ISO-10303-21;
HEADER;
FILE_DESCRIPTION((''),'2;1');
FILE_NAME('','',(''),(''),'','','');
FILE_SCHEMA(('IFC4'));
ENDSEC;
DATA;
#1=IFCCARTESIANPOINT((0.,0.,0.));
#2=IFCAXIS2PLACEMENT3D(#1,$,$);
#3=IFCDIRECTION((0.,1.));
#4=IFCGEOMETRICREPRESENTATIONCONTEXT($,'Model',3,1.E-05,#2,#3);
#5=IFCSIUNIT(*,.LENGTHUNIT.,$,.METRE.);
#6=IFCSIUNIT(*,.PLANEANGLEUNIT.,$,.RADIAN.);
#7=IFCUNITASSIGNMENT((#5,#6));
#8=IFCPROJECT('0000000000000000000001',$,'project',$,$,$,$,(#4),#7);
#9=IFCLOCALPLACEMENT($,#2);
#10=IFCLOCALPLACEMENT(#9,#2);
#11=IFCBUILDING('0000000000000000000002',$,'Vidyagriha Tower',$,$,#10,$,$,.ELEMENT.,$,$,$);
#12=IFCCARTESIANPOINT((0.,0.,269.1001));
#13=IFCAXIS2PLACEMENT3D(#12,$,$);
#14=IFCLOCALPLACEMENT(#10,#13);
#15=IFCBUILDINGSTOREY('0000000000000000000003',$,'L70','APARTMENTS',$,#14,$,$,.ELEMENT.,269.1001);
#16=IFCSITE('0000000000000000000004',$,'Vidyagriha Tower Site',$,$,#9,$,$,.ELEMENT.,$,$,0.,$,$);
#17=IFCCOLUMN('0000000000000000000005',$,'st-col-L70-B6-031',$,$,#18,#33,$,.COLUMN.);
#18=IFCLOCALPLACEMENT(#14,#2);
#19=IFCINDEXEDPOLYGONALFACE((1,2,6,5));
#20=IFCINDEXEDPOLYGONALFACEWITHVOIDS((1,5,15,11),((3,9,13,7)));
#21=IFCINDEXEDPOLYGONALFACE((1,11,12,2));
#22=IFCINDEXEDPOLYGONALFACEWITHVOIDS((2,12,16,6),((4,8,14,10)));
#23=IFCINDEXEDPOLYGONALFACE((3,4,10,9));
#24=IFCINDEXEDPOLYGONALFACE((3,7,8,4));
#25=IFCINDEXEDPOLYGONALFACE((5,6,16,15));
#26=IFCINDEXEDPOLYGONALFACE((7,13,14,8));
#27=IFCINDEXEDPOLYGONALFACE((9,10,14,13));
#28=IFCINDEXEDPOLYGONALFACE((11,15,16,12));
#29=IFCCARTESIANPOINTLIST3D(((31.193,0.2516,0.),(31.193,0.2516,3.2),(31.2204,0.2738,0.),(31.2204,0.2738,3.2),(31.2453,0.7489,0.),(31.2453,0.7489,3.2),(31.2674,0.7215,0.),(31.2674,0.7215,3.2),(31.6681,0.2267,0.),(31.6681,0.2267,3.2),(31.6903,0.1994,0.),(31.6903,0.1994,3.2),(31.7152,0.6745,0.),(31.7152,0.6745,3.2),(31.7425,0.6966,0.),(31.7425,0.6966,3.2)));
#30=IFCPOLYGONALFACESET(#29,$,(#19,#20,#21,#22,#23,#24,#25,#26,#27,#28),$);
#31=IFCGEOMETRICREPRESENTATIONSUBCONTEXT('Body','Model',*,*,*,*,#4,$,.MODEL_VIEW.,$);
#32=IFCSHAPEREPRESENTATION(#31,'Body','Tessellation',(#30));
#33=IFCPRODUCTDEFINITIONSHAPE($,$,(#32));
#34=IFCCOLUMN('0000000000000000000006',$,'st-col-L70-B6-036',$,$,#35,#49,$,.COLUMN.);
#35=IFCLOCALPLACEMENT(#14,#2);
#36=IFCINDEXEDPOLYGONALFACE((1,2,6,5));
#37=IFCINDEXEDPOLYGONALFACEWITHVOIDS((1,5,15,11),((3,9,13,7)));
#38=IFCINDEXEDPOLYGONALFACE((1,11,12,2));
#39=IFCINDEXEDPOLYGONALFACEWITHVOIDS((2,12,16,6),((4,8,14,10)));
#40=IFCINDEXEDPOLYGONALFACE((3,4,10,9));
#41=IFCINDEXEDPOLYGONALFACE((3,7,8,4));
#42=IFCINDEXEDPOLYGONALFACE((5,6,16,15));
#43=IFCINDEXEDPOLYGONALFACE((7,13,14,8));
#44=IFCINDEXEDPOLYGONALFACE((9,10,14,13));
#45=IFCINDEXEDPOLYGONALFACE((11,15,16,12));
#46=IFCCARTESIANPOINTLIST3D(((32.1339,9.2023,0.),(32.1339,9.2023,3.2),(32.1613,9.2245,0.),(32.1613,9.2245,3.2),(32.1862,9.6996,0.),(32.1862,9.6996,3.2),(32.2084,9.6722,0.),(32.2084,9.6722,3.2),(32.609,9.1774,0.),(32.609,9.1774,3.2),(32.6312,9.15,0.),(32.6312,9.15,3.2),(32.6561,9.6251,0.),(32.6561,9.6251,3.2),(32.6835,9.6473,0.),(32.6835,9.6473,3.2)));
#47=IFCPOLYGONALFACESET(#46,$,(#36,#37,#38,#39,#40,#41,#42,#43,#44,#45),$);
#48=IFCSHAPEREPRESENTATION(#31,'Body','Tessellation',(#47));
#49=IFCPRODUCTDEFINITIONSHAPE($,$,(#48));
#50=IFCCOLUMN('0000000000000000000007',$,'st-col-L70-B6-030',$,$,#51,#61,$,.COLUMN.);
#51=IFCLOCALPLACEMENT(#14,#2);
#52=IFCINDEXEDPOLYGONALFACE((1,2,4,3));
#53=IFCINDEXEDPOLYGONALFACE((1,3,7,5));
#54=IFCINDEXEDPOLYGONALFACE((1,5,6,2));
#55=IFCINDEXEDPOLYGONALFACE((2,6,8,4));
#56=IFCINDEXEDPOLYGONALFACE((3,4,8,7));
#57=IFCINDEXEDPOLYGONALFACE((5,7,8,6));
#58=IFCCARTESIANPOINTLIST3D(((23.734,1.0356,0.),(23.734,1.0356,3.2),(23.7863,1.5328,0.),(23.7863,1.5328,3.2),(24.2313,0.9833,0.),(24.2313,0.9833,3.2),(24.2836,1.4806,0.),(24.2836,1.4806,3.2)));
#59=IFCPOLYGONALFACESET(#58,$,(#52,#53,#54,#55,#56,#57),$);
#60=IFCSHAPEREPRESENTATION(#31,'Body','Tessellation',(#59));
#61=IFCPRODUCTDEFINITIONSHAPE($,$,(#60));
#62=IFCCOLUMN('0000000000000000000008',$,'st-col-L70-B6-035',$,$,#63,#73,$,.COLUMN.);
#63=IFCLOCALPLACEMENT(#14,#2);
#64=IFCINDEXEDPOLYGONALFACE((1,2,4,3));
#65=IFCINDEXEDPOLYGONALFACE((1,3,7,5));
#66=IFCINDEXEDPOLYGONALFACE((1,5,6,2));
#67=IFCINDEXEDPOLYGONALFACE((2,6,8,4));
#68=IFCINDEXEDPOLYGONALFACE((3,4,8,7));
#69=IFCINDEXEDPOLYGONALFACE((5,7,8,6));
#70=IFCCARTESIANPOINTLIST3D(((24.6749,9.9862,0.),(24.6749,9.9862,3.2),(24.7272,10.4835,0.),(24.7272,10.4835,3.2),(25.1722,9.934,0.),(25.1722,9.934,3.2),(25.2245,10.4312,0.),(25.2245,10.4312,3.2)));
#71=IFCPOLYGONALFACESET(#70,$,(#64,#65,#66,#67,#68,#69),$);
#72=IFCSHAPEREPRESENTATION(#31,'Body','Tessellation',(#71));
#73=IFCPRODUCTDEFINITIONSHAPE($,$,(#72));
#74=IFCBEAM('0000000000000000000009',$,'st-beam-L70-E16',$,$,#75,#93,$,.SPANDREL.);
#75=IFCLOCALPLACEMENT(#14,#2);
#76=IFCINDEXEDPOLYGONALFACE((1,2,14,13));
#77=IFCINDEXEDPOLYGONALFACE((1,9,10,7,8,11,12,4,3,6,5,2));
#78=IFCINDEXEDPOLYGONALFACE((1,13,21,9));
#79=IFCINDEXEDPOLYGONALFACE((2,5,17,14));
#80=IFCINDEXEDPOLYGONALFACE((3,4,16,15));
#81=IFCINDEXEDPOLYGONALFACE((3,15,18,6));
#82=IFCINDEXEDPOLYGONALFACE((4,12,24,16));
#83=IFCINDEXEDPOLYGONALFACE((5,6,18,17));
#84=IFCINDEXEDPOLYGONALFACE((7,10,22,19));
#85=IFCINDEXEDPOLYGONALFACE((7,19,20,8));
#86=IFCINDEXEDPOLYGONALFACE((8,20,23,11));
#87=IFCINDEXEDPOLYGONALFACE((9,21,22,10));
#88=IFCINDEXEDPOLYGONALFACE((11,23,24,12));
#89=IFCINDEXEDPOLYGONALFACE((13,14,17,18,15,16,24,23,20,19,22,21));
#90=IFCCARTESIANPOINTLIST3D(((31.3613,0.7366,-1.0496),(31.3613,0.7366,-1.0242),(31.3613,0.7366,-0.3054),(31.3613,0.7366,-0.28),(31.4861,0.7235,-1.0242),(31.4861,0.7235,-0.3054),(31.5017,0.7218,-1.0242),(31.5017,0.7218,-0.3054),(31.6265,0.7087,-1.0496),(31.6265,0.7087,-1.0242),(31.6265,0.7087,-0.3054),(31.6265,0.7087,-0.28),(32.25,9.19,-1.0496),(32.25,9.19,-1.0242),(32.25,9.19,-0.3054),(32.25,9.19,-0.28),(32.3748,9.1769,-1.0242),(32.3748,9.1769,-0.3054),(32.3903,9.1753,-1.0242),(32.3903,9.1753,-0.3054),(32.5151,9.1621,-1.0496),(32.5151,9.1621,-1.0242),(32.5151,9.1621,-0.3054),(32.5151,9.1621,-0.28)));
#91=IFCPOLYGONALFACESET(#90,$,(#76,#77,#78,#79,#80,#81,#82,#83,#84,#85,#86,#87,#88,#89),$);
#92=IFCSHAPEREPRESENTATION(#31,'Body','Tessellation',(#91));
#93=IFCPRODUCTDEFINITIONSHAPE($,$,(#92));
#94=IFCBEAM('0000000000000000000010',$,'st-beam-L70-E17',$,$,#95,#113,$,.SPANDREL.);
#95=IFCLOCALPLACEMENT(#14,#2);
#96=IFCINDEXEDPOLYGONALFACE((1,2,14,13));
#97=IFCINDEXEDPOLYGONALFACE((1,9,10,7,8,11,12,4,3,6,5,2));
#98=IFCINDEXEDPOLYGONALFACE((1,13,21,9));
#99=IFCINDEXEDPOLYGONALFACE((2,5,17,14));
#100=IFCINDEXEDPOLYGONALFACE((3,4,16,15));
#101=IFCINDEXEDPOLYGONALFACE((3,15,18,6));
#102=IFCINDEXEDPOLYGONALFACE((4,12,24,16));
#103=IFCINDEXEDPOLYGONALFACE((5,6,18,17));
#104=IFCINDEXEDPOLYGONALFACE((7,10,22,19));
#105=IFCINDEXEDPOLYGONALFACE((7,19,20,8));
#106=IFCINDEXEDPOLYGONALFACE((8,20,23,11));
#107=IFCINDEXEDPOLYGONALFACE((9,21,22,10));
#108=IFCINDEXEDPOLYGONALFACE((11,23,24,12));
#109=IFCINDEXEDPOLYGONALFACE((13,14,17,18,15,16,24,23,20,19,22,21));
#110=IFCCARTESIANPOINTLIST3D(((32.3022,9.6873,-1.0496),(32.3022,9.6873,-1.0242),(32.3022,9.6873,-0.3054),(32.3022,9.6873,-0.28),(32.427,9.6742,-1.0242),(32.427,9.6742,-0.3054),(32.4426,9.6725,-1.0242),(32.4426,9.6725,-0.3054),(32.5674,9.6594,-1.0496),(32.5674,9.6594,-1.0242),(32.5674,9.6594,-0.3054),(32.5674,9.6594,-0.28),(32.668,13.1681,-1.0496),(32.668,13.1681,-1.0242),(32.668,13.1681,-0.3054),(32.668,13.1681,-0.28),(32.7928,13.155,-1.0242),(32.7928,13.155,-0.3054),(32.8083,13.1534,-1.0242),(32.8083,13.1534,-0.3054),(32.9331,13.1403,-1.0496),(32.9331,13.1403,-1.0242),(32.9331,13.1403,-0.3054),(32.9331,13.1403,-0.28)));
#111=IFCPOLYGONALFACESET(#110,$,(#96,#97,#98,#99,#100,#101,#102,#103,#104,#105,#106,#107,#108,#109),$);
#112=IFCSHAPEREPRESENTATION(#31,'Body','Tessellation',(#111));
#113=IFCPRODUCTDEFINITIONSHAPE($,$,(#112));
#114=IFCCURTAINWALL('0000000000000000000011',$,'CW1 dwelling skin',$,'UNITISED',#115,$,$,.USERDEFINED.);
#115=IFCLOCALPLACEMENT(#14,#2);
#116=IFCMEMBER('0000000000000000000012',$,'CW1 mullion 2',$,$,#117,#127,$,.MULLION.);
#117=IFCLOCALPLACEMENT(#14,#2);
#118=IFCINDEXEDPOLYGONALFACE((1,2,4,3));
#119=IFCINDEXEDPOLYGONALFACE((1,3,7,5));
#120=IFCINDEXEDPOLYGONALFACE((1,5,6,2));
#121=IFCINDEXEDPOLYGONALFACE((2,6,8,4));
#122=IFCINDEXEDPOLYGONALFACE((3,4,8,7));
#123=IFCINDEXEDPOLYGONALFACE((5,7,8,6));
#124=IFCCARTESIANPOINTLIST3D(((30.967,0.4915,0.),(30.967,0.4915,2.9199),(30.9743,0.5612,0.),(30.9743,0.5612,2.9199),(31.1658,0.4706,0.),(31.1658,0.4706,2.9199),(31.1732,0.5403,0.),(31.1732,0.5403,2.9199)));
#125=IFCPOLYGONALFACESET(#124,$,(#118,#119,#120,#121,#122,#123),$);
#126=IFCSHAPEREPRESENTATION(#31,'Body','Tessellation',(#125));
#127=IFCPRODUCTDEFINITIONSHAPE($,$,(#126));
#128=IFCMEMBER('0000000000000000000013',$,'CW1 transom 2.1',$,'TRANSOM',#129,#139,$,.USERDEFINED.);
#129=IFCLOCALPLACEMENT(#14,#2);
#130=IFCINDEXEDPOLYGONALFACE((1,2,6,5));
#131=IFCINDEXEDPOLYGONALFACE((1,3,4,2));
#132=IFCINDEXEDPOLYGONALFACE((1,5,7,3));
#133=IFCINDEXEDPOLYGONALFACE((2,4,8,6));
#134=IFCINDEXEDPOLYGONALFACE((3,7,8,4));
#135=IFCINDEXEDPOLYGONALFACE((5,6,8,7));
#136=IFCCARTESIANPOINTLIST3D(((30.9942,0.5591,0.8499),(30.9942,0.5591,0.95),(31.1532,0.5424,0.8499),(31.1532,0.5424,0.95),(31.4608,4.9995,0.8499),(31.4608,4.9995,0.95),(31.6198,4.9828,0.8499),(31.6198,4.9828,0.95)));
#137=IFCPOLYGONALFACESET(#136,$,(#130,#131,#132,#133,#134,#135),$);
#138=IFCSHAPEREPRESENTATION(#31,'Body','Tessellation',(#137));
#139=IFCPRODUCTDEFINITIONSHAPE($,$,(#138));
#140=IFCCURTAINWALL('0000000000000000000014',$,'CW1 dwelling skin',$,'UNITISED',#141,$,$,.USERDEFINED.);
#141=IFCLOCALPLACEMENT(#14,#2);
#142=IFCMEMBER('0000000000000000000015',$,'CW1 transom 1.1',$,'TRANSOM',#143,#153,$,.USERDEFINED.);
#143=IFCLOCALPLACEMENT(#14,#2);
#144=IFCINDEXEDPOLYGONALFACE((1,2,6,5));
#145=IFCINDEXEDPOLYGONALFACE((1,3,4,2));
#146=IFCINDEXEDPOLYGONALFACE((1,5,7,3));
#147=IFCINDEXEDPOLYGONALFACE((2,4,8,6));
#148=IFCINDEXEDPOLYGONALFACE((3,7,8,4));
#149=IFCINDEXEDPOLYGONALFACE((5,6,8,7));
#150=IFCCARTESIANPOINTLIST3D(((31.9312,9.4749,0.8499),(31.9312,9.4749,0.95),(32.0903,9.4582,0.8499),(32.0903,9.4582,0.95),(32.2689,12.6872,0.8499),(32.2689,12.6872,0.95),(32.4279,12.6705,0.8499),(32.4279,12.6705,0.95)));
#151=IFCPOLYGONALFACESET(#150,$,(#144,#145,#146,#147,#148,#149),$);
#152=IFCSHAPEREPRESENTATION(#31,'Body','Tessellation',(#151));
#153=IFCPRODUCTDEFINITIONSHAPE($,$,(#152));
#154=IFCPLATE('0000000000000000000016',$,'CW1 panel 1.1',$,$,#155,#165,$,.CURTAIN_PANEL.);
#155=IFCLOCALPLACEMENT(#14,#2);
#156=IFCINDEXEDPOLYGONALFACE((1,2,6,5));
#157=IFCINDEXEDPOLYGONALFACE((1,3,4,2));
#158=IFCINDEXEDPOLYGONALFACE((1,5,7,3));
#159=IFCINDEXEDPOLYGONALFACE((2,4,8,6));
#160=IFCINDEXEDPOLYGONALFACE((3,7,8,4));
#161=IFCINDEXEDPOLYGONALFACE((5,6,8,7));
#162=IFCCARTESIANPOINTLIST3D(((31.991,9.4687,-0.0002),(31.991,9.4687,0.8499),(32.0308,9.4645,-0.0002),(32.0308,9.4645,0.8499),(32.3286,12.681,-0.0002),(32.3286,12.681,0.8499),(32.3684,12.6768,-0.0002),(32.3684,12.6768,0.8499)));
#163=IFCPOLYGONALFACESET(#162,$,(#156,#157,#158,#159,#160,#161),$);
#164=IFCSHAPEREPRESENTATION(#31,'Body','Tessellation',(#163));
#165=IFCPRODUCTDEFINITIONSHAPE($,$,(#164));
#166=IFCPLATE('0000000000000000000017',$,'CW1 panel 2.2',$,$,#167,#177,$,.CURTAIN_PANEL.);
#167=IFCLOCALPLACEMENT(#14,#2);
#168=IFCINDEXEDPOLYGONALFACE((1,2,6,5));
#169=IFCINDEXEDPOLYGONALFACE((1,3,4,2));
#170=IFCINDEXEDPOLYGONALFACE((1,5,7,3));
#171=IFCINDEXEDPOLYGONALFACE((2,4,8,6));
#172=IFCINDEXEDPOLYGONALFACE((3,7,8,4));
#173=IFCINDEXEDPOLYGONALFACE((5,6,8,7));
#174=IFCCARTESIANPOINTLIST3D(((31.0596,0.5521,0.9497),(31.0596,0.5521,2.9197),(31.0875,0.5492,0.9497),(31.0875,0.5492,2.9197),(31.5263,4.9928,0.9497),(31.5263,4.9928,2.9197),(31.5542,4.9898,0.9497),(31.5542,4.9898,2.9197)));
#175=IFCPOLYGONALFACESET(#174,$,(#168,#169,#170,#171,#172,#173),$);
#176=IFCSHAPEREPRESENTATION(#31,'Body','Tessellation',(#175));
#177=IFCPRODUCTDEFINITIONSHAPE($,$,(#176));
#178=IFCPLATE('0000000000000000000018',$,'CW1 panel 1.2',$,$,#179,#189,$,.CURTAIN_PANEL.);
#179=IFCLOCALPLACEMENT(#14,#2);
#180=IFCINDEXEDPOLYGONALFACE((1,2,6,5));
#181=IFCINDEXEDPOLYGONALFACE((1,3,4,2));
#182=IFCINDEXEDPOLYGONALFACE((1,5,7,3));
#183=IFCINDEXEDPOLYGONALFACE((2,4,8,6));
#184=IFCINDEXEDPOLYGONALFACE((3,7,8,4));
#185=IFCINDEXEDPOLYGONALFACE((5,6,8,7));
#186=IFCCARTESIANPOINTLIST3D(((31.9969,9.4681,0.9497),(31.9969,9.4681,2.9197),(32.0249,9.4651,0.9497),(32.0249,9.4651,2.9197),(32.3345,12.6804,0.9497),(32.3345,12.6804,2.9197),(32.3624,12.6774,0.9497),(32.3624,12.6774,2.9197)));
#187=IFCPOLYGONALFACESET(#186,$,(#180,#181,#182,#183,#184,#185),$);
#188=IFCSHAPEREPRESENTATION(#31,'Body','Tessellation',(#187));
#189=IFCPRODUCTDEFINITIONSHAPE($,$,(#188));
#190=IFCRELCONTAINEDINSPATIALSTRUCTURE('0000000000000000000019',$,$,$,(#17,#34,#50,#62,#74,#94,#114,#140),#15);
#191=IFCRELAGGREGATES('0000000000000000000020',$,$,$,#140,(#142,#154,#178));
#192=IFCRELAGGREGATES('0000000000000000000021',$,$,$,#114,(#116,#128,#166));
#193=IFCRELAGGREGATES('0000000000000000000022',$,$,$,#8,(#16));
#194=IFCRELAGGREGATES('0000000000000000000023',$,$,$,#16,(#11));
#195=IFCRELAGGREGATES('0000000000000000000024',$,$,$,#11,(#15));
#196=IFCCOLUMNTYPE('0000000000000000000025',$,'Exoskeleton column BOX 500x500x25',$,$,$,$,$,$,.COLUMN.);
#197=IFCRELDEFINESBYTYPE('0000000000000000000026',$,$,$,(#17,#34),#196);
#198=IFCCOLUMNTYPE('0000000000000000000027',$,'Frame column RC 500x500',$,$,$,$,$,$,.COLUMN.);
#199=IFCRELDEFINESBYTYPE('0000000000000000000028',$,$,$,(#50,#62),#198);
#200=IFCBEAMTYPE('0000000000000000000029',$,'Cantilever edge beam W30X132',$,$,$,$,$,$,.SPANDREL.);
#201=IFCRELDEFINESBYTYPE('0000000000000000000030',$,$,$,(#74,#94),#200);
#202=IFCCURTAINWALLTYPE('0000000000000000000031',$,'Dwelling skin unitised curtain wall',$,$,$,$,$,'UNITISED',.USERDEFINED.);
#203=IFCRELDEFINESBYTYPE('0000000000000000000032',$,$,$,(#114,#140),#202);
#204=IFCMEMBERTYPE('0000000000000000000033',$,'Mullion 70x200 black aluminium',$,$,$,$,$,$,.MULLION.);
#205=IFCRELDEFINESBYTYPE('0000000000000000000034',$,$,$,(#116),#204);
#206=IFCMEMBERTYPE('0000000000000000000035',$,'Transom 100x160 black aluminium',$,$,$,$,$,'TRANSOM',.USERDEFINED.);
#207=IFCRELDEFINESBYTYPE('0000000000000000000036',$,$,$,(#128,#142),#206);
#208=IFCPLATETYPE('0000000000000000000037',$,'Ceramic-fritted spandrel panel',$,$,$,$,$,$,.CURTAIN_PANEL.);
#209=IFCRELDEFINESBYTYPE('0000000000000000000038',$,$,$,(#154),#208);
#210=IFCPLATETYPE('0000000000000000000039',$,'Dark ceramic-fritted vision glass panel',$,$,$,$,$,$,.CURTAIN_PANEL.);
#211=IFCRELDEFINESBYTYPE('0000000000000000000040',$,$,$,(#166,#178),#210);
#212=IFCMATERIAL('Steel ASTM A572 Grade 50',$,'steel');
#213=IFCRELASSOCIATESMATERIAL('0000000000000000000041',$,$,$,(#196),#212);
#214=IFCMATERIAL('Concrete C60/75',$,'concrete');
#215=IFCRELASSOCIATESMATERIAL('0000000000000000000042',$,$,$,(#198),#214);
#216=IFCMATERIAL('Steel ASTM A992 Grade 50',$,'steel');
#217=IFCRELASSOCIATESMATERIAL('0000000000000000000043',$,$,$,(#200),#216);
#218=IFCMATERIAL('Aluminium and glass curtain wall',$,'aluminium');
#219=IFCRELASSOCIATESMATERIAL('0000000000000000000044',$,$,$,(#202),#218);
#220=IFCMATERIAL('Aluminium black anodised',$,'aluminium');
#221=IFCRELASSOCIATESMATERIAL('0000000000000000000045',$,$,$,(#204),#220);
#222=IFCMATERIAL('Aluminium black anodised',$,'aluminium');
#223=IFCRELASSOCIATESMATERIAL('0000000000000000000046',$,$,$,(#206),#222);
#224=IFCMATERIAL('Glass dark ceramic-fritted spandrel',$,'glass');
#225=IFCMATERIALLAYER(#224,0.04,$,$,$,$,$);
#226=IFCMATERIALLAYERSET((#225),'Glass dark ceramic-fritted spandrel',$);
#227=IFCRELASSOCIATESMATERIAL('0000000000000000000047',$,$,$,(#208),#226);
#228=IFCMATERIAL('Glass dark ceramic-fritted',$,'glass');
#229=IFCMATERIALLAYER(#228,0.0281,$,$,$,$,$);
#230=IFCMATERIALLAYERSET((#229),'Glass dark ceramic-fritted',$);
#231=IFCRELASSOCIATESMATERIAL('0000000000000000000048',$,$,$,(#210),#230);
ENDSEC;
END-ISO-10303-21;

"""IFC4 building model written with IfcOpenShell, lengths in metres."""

from ifc_helpers import new_model, si_unit, direction, frame, origin, origin_2d, place, context, subcontext, project, spatial, rectangle, hollow_rectangle, i_section, extrude, material, layer, layer_set, material_profile, profile_set, type_object, element, aggregate, save


model = new_model("IFC4")

# Units and contexts
model_context = context("Model", 3, precision=1e-05, world=origin(), true_north=direction((0.0, 1.0)))
body_context = subcontext(model_context, "Body", "Model", "MODEL_VIEW")
ifc_project = project(units=[si_unit("LENGTHUNIT", "METRE"), si_unit("PLANEANGLEUNIT", "RADIAN")], contexts=[model_context])

# Site, building, storey
site_placement = place(None, origin())
site = spatial("IfcSite", under=ifc_project, at=site_placement, Name="Vidyagriha Tower Site", CompositionType="ELEMENT", RefElevation=0.0)
building_placement = place(site_placement, origin())
building = spatial("IfcBuilding", under=site, at=building_placement, Name="Vidyagriha Tower", CompositionType="ELEMENT")
storey_placement = place(building_placement, frame((0.0, 0.0, 269.1001)))
storey = spatial("IfcBuildingStorey", under=building, at=storey_placement, Name="L70", Description="APARTMENTS", CompositionType="ELEMENT", Elevation=269.1001)

# Columns
ifc_material_1 = material(Name="Steel ASTM A572 Grade 50", Category="steel")
ifc_material_profile_1 = material_profile(ifc_material_1, hollow_rectangle(XDim=0.5, YDim=0.5, WallThickness=0.0249, at=origin_2d()), Name="BOX 500x500x25")
ifc_profile_set_1 = profile_set([ifc_material_profile_1], Name="Steel ASTM A572 Grade 50")
column_type_1 = type_object("IfcColumnType", Name="Exoskeleton column BOX 500x500x25", PredefinedType="COLUMN", material=ifc_profile_set_1)
for number, where, z_axis, x_axis, name in (
    (1, (31.4678, 0.4741, 0.0), (0.0, 0.0, 1.0), (0.994522, -0.104528, 0.0), "st-col-L70-B6-031"),
    (2, (32.4087, 9.4248, 0.0), (0.0, 0.0, 1.0), (0.994522, -0.104528, 0.0), "st-col-L70-B6-036"),
):
    element("IfcColumn", number, at=place(storey_placement, frame(where, z_axis=z_axis, x_axis=x_axis)), inside=storey, type_object=column_type_1, Name=name, PredefinedType="COLUMN", context=body_context, shape_type="SweptSolid", body=[
        extrude(hollow_rectangle(XDim=0.5, YDim=0.5, WallThickness=0.0249, at=origin_2d()), origin(), (0.0, 0.0, 1.0), 3.2),
    ])
ifc_material_2 = material(Name="Concrete C60/75", Category="concrete")
ifc_material_profile_2 = material_profile(ifc_material_2, rectangle(XDim=0.5, YDim=0.5, at=origin_2d()), Name="RC 500x500")
ifc_profile_set_2 = profile_set([ifc_material_profile_2], Name="Concrete C60/75")
column_type_2 = type_object("IfcColumnType", Name="Frame column RC 500x500", PredefinedType="COLUMN", material=ifc_profile_set_2)
for number, where, z_axis, x_axis, name in (
    (3, (24.0088, 1.2581, 0.0), (0.0, 0.0, 1.0), (0.994522, -0.104528, 0.0), "st-col-L70-B6-030"),
    (4, (24.9497, 10.2087, 0.0), (0.0, 0.0, 1.0), (0.994522, -0.104528, 0.0), "st-col-L70-B6-035"),
):
    element("IfcColumn", number, at=place(storey_placement, frame(where, z_axis=z_axis, x_axis=x_axis)), inside=storey, type_object=column_type_2, Name=name, PredefinedType="COLUMN", context=body_context, shape_type="SweptSolid", body=[
        extrude(rectangle(XDim=0.5, YDim=0.5, at=origin_2d()), origin(), (0.0, 0.0, 1.0), 3.2),
    ])

# Beams
ifc_material_3 = material(Name="Steel ASTM A992 Grade 50", Category="steel")
ifc_material_profile_3 = material_profile(ifc_material_3, i_section(OverallWidth=0.2666, OverallDepth=0.7695, WebThickness=0.0156, FlangeThickness=0.0254, at=origin_2d()), Name="W30X132")
ifc_profile_set_3 = profile_set([ifc_material_profile_3], Name="Steel ASTM A992 Grade 50")
beam_type = type_object("IfcBeamType", Name="Cantilever edge beam W30X132", PredefinedType="SPANDREL", material=ifc_profile_set_3)
beam_1_placement = place(storey_placement, frame((31.4939, 0.7227, -0.6648), z_axis=(0.10455, 0.99452, 0.0), x_axis=(-0.99452, 0.10455, 0.0)))
element("IfcBeam", 5, at=beam_1_placement, inside=storey, type_object=beam_type, Name="st-beam-L70-E16", PredefinedType="SPANDREL", context=body_context, shape_type="SweptSolid", body=[
    extrude(i_section(OverallWidth=0.2666, OverallDepth=0.7695, WebThickness=0.0156, FlangeThickness=0.0254, at=origin_2d()), origin(), (0.0, 0.0, 1.0), 8.5),
])
beam_2_placement = place(storey_placement, frame((32.4348, 9.6733, -0.6648), z_axis=(0.104489, 0.994526, 0.0), x_axis=(-0.994526, 0.104489, 0.0)))
element("IfcBeam", 6, at=beam_2_placement, inside=storey, type_object=beam_type, Name="st-beam-L70-E17", PredefinedType="SPANDREL", context=body_context, shape_type="SweptSolid", body=[
    extrude(i_section(OverallWidth=0.2666, OverallDepth=0.7695, WebThickness=0.0156, FlangeThickness=0.0254, at=origin_2d()), origin(), (0.0, 0.0, 1.0), 3.5),
])

# Curtain wall, members
ifc_material_4 = material(Name="Aluminium and glass curtain wall", Category="aluminium")
curtain_wall_type = type_object("IfcCurtainWallType", Name="Dwelling skin unitised curtain wall", ElementType="UNITISED", PredefinedType="USERDEFINED", material=ifc_material_4)
curtain_wall_1_placement = place(storey_placement, origin())
curtain_wall_1 = element("IfcCurtainWall", 7, at=curtain_wall_1_placement, inside=storey, type_object=curtain_wall_type, Name="CW1 dwelling skin", ObjectType="UNITISED", PredefinedType="USERDEFINED")
ifc_material_5 = material(Name="Aluminium black anodised", Category="aluminium")
ifc_material_profile_4 = material_profile(ifc_material_5, rectangle(XDim=0.2, YDim=0.0701, at=origin_2d()), Name="Mullion 70x200 black aluminium")
ifc_profile_set_4 = profile_set([ifc_material_profile_4], Name="Aluminium black anodised")
member_type_1 = type_object("IfcMemberType", Name="Mullion 70x200 black aluminium", PredefinedType="MULLION", material=ifc_profile_set_4)
member_1_placement = place(storey_placement, frame((31.0701, 0.5159, 0.0), z_axis=(0.0, 0.0, 1.0), x_axis=(-0.994522, 0.10453, 0.0)))
member_1 = element("IfcMember", 8, at=member_1_placement, type_object=member_type_1, Name="CW1 mullion 2", PredefinedType="MULLION", context=body_context, shape_type="SweptSolid", body=[
    extrude(rectangle(XDim=0.2, YDim=0.0701, at=origin_2d()), origin(), (0.0, 0.0, 1.0), 2.9199),
])
ifc_material_6 = material(Name="Aluminium black anodised", Category="aluminium")
ifc_material_profile_5 = material_profile(ifc_material_6, rectangle(XDim=0.1599, YDim=0.1001, at=origin_2d()), Name="Transom 100x160 black aluminium")
ifc_profile_set_5 = profile_set([ifc_material_profile_5], Name="Aluminium black anodised")
member_type_2 = type_object("IfcMemberType", Name="Transom 100x160 black aluminium", ElementType="TRANSOM", PredefinedType="USERDEFINED", material=ifc_profile_set_5)
member_2_placement = place(storey_placement, frame((31.0737, 0.5508, 0.8999), z_axis=(0.104494, 0.994526, 0.0), x_axis=(-0.994526, 0.104494, 0.0)))
member_2 = element("IfcMember", 9, at=member_2_placement, type_object=member_type_2, Name="CW1 transom 2.1", ObjectType="TRANSOM", PredefinedType="USERDEFINED", context=body_context, shape_type="SweptSolid", body=[
    extrude(rectangle(XDim=0.1599, YDim=0.1001, at=origin_2d()), origin(), (0.0, 0.0, 1.0), 4.4648),
])

# Curtain wall, member, plate
curtain_wall_2_placement = place(storey_placement, origin())
curtain_wall_2 = element("IfcCurtainWall", 10, at=curtain_wall_2_placement, inside=storey, type_object=curtain_wall_type, Name="CW1 dwelling skin", ObjectType="UNITISED", PredefinedType="USERDEFINED")
member_3_placement = place(storey_placement, frame((32.0107, 9.4666, 0.8999), z_axis=(0.104531, 0.994522, 0.0), x_axis=(-0.994522, 0.104531, 0.0)))
member_3 = element("IfcMember", 11, at=member_3_placement, type_object=member_type_2, Name="CW1 transom 1.1", ObjectType="TRANSOM", PredefinedType="USERDEFINED", context=body_context, shape_type="SweptSolid", body=[
    extrude(rectangle(XDim=0.1599, YDim=0.1001, at=origin_2d()), origin(), (0.0, 0.0, 1.0), 3.23),
])
ifc_material_7 = material(Name="Glass dark ceramic-fritted spandrel", Category="glass")
ifc_layer_1 = layer(ifc_material_7, 0.04)
ifc_layer_set_1 = layer_set([ifc_layer_1], Name="Glass dark ceramic-fritted spandrel")
plate_type_1 = type_object("IfcPlateType", Name="Ceramic-fritted spandrel panel", PredefinedType="CURTAIN_PANEL", material=ifc_layer_set_1)
plate_1_placement = place(storey_placement, frame((32.1797, 11.0728, -0.0002), z_axis=(0.0, 0.0, 1.0), x_axis=(0.104516, 0.994523, 0.0)))
plate_1 = element("IfcPlate", 12, at=plate_1_placement, type_object=plate_type_1, Name="CW1 panel 1.1", PredefinedType="CURTAIN_PANEL", context=body_context, shape_type="SweptSolid", body=[
    extrude(rectangle(XDim=3.23, YDim=0.04, at=origin_2d()), origin(), (0.0, 0.0, 1.0), 0.8501),
])

# Plates
ifc_material_8 = material(Name="Glass dark ceramic-fritted", Category="glass")
ifc_layer_2 = layer(ifc_material_8, 0.0281)
ifc_layer_set_2 = layer_set([ifc_layer_2], Name="Glass dark ceramic-fritted")
plate_type_2 = type_object("IfcPlateType", Name="Dark ceramic-fritted vision glass panel", PredefinedType="CURTAIN_PANEL", material=ifc_layer_set_2)
plate_2_placement = place(storey_placement, frame((31.3069, 2.771, 0.9497), z_axis=(0.0, 0.0, 1.0), x_axis=(0.10453, 0.994522, 0.0)))
plate_2 = element("IfcPlate", 13, at=plate_2_placement, type_object=plate_type_2, Name="CW1 panel 2.2", PredefinedType="CURTAIN_PANEL", context=body_context, shape_type="SweptSolid", body=[
    extrude(rectangle(XDim=4.4651, YDim=0.0281, at=origin_2d()), origin(), (0.0, 0.0, 1.0), 1.97),
])
plate_3_placement = place(storey_placement, frame((32.1797, 11.0728, 0.9497), z_axis=(0.0, 0.0, 1.0), x_axis=(0.104516, 0.994523, 0.0)))
plate_3 = element("IfcPlate", 14, at=plate_3_placement, type_object=plate_type_2, Name="CW1 panel 1.2", PredefinedType="CURTAIN_PANEL", context=body_context, shape_type="SweptSolid", body=[
    extrude(rectangle(XDim=3.23, YDim=0.0281, at=origin_2d()), origin(), (0.0, 0.0, 1.0), 1.97),
])
aggregate(curtain_wall_2, [member_3, plate_1, plate_3])
aggregate(curtain_wall_1, [member_1, member_2, plate_2])

save(model, "model.ifc")
